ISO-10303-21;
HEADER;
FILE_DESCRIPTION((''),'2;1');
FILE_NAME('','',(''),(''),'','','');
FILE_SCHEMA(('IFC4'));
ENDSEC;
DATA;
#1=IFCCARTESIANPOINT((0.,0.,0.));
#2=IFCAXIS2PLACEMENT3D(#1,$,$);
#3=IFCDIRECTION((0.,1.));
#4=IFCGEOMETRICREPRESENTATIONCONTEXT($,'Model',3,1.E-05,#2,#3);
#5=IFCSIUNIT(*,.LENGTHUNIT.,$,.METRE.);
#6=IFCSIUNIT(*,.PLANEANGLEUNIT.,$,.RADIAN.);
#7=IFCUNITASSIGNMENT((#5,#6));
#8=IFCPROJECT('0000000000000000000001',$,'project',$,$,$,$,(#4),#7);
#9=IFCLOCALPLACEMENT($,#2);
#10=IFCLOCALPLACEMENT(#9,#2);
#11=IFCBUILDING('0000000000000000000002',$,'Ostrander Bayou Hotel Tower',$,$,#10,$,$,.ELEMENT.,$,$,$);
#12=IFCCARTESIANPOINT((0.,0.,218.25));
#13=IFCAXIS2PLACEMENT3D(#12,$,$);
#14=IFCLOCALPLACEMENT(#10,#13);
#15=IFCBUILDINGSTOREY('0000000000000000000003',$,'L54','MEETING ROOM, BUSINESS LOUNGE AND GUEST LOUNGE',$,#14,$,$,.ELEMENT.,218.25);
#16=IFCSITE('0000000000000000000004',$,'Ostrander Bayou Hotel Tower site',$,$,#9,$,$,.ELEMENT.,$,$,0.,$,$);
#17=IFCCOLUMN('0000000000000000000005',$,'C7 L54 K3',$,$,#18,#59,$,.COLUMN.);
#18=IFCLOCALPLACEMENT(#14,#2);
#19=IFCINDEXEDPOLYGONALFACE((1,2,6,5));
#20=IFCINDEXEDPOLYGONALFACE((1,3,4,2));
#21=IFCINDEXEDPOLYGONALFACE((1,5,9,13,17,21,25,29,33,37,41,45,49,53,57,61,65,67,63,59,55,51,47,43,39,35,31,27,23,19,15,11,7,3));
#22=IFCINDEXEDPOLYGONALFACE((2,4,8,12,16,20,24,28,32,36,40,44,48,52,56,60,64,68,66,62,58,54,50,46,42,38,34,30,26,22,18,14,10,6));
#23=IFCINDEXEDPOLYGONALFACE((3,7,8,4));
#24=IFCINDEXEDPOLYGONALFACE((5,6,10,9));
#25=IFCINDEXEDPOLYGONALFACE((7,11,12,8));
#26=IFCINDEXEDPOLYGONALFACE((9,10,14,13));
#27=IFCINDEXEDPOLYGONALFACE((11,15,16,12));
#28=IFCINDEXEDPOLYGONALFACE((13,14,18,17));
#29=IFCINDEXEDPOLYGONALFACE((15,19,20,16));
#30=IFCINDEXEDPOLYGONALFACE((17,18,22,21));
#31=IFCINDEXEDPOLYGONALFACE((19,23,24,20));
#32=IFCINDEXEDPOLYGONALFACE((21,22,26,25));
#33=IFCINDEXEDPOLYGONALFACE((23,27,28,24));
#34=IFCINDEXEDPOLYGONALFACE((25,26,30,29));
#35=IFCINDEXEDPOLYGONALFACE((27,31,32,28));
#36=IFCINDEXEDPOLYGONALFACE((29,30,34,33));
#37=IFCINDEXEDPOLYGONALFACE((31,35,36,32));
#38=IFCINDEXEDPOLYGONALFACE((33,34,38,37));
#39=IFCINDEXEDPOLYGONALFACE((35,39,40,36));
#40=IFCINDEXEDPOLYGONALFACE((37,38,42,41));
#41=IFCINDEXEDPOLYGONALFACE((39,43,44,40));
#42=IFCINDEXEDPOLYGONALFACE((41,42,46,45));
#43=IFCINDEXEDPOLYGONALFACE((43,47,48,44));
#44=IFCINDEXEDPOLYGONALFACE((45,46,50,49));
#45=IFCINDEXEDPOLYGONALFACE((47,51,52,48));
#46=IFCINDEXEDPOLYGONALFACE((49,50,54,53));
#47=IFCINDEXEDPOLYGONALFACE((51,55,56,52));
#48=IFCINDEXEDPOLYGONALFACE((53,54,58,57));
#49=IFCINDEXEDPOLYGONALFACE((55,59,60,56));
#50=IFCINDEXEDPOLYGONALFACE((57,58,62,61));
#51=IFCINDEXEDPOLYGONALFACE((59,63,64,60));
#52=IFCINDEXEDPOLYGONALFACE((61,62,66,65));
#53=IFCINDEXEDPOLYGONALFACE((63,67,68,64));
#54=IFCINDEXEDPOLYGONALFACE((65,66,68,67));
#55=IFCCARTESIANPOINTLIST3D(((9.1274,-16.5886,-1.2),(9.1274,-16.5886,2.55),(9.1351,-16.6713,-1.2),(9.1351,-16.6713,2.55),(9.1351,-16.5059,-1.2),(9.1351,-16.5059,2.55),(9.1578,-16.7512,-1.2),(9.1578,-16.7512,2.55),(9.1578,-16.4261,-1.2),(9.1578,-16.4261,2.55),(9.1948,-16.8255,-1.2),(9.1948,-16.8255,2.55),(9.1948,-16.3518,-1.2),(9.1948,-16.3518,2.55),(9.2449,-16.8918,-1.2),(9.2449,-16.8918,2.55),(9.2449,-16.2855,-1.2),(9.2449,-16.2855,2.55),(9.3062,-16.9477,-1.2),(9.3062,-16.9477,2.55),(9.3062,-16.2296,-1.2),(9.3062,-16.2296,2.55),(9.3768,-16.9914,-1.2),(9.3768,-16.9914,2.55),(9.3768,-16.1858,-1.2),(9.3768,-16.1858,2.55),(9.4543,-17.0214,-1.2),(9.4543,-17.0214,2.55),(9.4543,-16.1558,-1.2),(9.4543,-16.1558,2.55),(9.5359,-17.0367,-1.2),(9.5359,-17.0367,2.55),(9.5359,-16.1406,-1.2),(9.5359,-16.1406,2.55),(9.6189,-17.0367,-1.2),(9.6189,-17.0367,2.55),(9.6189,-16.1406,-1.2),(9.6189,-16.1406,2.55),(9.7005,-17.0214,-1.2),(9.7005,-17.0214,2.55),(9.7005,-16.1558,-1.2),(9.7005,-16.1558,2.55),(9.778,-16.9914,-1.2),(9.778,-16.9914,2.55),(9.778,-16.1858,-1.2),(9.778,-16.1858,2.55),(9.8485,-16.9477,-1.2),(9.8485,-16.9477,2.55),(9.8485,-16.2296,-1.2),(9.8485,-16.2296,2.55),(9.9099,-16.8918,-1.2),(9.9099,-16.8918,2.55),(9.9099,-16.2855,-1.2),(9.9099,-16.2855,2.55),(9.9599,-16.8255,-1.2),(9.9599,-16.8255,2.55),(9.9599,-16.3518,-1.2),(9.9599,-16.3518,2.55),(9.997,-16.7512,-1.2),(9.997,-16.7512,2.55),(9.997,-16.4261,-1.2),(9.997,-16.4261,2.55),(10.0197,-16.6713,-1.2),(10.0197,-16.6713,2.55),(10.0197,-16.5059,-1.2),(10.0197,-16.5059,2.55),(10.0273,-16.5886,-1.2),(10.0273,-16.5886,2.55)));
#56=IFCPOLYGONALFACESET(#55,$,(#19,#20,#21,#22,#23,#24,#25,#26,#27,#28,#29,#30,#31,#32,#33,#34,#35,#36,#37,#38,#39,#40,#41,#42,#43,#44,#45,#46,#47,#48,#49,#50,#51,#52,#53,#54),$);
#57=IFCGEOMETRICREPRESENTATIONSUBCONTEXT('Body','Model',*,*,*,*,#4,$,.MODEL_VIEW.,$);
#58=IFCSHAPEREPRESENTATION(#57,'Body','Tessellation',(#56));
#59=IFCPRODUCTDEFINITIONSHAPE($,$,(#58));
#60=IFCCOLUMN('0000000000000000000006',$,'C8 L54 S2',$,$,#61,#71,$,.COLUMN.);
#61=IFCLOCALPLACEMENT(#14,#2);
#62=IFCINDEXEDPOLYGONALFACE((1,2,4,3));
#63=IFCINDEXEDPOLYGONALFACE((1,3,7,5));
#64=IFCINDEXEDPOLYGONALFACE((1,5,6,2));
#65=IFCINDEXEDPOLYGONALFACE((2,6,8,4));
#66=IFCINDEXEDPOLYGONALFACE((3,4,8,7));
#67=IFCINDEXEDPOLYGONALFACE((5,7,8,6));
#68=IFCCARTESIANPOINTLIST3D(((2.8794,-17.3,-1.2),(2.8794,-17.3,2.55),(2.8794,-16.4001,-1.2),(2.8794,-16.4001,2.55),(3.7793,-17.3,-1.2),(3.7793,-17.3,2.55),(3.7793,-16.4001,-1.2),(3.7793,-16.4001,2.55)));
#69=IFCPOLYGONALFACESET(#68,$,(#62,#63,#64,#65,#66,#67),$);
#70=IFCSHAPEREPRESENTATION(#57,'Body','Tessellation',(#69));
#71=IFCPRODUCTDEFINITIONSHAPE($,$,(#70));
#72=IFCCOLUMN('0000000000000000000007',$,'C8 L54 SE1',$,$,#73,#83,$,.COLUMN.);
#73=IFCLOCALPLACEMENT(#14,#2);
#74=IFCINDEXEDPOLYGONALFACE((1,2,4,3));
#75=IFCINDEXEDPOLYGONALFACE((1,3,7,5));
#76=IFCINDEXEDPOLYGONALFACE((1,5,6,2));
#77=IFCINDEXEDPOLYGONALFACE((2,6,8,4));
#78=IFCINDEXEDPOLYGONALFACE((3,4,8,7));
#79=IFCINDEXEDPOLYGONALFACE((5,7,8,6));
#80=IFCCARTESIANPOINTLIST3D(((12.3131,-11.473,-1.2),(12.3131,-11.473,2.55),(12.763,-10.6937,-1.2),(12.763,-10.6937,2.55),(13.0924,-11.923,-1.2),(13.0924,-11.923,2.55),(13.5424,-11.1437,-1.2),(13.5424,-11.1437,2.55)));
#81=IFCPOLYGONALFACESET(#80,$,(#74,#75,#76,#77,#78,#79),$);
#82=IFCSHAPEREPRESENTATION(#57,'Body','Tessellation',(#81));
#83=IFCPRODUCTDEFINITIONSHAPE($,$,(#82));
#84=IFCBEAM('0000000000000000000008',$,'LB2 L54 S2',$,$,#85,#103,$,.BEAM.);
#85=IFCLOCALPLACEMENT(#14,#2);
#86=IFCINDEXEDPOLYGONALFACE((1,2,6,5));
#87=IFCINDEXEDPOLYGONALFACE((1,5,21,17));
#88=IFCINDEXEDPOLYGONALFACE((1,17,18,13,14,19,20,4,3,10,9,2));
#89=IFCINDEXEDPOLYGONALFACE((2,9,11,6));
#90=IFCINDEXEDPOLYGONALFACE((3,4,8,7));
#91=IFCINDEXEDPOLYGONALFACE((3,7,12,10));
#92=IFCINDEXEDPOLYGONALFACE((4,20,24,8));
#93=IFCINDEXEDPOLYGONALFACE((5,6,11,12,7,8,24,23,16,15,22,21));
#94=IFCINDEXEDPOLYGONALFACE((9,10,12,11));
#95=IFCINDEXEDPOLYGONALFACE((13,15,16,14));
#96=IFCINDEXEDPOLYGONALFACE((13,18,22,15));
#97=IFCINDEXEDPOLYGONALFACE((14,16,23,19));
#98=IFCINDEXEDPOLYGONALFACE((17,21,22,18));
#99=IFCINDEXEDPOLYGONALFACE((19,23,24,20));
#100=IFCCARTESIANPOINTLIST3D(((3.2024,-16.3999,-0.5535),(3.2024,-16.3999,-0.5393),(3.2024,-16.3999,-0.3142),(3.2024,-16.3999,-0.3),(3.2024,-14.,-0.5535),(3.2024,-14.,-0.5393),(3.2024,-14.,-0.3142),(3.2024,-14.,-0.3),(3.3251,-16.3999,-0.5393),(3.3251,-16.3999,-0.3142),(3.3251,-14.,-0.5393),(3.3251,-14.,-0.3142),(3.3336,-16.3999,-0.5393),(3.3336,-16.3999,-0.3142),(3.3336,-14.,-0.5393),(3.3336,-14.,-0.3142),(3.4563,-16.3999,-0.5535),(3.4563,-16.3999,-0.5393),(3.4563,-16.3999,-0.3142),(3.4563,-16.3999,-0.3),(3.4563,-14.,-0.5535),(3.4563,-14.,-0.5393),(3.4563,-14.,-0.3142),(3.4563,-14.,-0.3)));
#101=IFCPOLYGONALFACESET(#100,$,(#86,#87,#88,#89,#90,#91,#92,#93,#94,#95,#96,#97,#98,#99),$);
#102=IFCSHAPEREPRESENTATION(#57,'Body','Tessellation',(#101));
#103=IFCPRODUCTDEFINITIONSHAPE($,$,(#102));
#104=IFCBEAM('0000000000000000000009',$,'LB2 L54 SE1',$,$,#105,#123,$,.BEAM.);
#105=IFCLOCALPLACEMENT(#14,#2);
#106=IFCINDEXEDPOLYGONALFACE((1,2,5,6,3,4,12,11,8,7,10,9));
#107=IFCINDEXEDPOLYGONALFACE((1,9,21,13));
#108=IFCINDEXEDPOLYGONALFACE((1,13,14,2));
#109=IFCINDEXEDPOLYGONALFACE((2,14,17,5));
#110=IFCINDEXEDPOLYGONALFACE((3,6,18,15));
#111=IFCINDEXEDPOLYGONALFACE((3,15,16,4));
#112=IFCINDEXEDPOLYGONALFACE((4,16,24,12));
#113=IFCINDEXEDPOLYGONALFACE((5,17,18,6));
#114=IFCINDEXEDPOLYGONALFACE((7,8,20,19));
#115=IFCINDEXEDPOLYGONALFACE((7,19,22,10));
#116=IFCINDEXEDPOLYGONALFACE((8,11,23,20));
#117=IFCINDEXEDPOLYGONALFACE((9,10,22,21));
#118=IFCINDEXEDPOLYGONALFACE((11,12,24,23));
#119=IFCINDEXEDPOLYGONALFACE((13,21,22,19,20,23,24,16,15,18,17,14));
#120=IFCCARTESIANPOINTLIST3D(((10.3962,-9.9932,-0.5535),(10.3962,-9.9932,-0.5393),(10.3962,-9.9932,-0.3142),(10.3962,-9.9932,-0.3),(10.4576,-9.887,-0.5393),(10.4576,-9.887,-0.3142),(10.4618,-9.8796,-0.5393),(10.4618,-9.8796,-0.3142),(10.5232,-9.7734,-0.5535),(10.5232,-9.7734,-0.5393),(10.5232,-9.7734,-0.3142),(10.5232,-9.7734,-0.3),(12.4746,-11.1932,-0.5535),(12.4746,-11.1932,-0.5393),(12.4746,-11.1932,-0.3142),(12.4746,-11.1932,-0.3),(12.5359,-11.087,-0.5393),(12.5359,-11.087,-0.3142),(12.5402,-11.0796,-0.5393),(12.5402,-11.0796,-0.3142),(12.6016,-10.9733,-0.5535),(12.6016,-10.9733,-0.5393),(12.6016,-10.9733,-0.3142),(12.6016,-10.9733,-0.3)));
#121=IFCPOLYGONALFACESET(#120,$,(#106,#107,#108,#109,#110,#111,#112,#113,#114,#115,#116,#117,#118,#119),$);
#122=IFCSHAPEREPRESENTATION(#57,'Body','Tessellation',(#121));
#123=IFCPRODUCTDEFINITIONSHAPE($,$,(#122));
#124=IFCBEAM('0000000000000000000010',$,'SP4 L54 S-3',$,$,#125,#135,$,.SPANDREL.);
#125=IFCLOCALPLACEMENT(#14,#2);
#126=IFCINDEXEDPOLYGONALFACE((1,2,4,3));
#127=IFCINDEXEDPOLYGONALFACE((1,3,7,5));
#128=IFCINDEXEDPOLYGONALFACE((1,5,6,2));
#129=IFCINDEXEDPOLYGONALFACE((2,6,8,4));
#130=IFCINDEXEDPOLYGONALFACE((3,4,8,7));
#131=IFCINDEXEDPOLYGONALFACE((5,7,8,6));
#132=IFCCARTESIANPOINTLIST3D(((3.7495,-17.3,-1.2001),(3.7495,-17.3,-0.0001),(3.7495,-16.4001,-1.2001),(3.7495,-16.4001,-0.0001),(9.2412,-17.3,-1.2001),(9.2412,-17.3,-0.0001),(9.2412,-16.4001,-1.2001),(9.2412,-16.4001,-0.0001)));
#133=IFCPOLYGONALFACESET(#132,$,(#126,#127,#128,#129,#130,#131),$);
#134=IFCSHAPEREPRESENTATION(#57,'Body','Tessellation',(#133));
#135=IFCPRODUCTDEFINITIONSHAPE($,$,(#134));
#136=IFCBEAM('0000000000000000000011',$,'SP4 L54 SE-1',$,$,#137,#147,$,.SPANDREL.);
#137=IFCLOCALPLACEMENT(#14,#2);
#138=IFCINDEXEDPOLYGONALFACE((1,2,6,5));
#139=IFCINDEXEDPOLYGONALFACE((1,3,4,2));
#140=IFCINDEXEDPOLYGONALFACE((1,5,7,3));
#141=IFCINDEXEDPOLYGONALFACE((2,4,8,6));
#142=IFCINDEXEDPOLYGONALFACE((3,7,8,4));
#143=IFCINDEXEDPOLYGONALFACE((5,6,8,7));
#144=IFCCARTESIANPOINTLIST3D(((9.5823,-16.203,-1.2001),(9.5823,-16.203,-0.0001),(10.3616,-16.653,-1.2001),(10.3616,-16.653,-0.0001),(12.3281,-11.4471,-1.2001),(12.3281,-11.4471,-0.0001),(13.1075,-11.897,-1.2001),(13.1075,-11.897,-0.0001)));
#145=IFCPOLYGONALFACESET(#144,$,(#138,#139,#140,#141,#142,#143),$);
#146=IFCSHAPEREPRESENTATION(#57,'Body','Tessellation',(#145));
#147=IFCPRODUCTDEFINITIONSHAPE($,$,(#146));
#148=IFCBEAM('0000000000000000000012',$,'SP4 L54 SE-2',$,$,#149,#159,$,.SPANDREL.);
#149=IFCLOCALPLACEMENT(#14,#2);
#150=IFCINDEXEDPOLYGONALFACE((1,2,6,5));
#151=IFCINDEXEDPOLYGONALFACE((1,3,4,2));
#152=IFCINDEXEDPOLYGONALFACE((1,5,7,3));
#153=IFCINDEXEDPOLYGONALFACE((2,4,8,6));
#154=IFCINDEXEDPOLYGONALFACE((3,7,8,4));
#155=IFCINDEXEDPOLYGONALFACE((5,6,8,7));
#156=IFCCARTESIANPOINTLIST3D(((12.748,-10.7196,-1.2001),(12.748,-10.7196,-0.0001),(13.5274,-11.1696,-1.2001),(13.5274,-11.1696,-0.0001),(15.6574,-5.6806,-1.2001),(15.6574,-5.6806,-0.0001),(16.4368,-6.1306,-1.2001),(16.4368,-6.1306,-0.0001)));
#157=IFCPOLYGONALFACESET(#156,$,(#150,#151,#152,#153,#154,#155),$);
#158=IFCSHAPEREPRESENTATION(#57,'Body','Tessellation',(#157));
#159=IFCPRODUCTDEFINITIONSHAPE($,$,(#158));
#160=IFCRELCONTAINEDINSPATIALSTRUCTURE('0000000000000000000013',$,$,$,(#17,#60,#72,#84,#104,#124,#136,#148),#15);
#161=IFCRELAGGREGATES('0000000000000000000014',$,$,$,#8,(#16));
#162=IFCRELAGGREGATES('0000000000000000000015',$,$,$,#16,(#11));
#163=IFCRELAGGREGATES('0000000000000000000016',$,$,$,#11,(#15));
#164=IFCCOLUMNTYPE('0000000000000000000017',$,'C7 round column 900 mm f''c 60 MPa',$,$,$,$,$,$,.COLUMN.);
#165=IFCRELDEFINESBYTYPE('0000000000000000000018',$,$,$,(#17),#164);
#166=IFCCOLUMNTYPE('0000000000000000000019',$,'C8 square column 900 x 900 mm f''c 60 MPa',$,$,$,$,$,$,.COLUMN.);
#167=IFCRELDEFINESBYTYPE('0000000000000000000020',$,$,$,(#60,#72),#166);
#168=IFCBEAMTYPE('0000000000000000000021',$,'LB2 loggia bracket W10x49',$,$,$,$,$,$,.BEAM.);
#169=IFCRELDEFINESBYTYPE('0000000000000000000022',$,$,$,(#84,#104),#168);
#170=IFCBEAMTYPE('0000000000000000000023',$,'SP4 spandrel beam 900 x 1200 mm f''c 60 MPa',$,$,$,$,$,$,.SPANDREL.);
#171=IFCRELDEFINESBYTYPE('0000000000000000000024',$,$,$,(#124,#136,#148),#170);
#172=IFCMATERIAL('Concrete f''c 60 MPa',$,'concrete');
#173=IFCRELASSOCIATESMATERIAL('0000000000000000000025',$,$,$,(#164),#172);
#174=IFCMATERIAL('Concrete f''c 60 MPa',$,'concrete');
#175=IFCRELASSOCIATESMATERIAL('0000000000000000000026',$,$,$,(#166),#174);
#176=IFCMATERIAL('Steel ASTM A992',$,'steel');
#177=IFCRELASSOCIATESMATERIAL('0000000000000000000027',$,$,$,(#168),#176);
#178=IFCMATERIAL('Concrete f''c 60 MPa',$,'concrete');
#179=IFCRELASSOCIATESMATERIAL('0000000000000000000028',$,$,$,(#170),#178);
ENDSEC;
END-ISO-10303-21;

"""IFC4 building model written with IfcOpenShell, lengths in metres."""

from ifc_helpers import new_model, si_unit, direction, frame, origin, origin_2d, place, context, subcontext, project, spatial, rectangle, circle, i_section, extrude, material, material_profile, profile_set, type_object, element, save


model = new_model("IFC4")

# Units and contexts
model_context = context("Model", 3, precision=1e-05, world=origin(), true_north=direction((0.0, 1.0)))
body_context = subcontext(model_context, "Body", "Model", "MODEL_VIEW")
ifc_project = project(units=[si_unit("LENGTHUNIT", "METRE"), si_unit("PLANEANGLEUNIT", "RADIAN")], contexts=[model_context])

# Site, building, storey
site_placement = place(None, origin())
site = spatial("IfcSite", under=ifc_project, at=site_placement, Name="Ostrander Bayou Hotel Tower site", CompositionType="ELEMENT", RefElevation=0.0)
building_placement = place(site_placement, origin())
building = spatial("IfcBuilding", under=site, at=building_placement, Name="Ostrander Bayou Hotel Tower", CompositionType="ELEMENT")
storey_placement = place(building_placement, frame((0.0, 0.0, 218.25)))
storey = spatial("IfcBuildingStorey", under=building, at=storey_placement, Name="L54", Description="MEETING ROOM, BUSINESS LOUNGE AND GUEST LOUNGE", CompositionType="ELEMENT", Elevation=218.25)

# Columns
ifc_material_1 = material(Name="Concrete f'c 60 MPa", Category="concrete")
ifc_material_profile_1 = material_profile(ifc_material_1, circle(Radius=0.45, at=origin_2d()))
ifc_profile_set_1 = profile_set([ifc_material_profile_1], Name="Concrete f'c 60 MPa")
column_type_1 = type_object("IfcColumnType", Name="C7 round column 900 mm f'c 60 MPa", PredefinedType="COLUMN", material=ifc_profile_set_1)
column_placement = place(storey_placement, frame((9.5774, -16.5886, -1.2), z_axis=(0.0, 0.0, 1.0), x_axis=(1.0, 0.0, 0.0)))
element("IfcColumn", 1, at=column_placement, inside=storey, type_object=column_type_1, Name="C7 L54 K3", PredefinedType="COLUMN", context=body_context, shape_type="SweptSolid", body=[
    extrude(circle(Radius=0.45, at=origin_2d()), origin(), (0.0, 0.0, 1.0), 3.75),
])
ifc_material_2 = material(Name="Concrete f'c 60 MPa", Category="concrete")
ifc_material_profile_2 = material_profile(ifc_material_2, rectangle(XDim=0.8999, YDim=0.8999, at=origin_2d()))
ifc_profile_set_2 = profile_set([ifc_material_profile_2], Name="Concrete f'c 60 MPa")
column_type_2 = type_object("IfcColumnType", Name="C8 square column 900 x 900 mm f'c 60 MPa", PredefinedType="COLUMN", material=ifc_profile_set_2)
for number, where, z_axis, x_axis, name in (
    (2, (3.3293, -16.8501, -1.2), (0.0, 0.0, 1.0), (-1.0, 0.0, 0.0), "C8 L54 S2"),
    (3, (12.9277, -11.3083, -1.2), (0.0, 0.0, 1.0), (-0.5, -0.866025, 0.0), "C8 L54 SE1"),
):
    element("IfcColumn", number, at=place(storey_placement, frame(where, z_axis=z_axis, x_axis=x_axis)), inside=storey, type_object=column_type_2, Name=name, PredefinedType="COLUMN", context=body_context, shape_type="SweptSolid", body=[
        extrude(rectangle(XDim=0.8999, YDim=0.8999, at=origin_2d()), origin(), (0.0, 0.0, 1.0), 3.75),
    ])

# Beams
ifc_material_3 = material(Name="Steel ASTM A992", Category="steel")
ifc_material_profile_3 = material_profile(ifc_material_3, i_section(OverallWidth=0.2539, OverallDepth=0.2534, WebThickness=0.0085, FlangeThickness=0.0142, at=origin_2d()))
ifc_profile_set_3 = profile_set([ifc_material_profile_3], Name="Steel ASTM A992")
beam_type_1 = type_object("IfcBeamType", Name="LB2 loggia bracket W10x49", PredefinedType="BEAM", material=ifc_profile_set_3)
for number, where, z_axis, x_axis, name in (
    (4, (3.3293, -16.3999, -0.4268), (0.0, 1.0, 0.0), (-1.0, 0.0, 0.0), "LB2 L54 S2"),
    (5, (12.5381, -11.0833, -0.4268), (-0.866025, 0.500001, 0.0), (-0.500001, -0.866025, 0.0), "LB2 L54 SE1"),
):
    element("IfcBeam", number, at=place(storey_placement, frame(where, z_axis=z_axis, x_axis=x_axis)), inside=storey, type_object=beam_type_1, Name=name, PredefinedType="BEAM", context=body_context, shape_type="SweptSolid", body=[
        extrude(i_section(OverallWidth=0.2539, OverallDepth=0.2534, WebThickness=0.0085, FlangeThickness=0.0142, at=origin_2d()), origin(), (0.0, 0.0, 1.0), 2.3999),
    ])
ifc_material_4 = material(Name="Concrete f'c 60 MPa", Category="concrete")
ifc_material_profile_4 = material_profile(ifc_material_4, rectangle(XDim=0.8999, YDim=1.2, at=origin_2d()))
ifc_profile_set_4 = profile_set([ifc_material_profile_4], Name="Concrete f'c 60 MPa")
beam_type_2 = type_object("IfcBeamType", Name="SP4 spandrel beam 900 x 1200 mm f'c 60 MPa", PredefinedType="SPANDREL", material=ifc_profile_set_4)
for number, where, z_axis, x_axis, name in (
    (6, (3.7495, -16.8501, -0.6001), (1.0, 0.0, 0.0), (0.0, 1.0, 0.0), "SP4 L54 S-3"),
    (7, (9.9719, -16.428, -0.6001), (0.500007, 0.866021, 0.0), (-0.866021, 0.500007, 0.0), "SP4 L54 SE-1"),
):
    element("IfcBeam", number, at=place(storey_placement, frame(where, z_axis=z_axis, x_axis=x_axis)), inside=storey, type_object=beam_type_2, Name=name, PredefinedType="SPANDREL", context=body_context, shape_type="SweptSolid", body=[
        extrude(rectangle(XDim=0.8999, YDim=1.2, at=origin_2d()), origin(), (0.0, 0.0, 1.0), 5.4917),
    ])
beam_placement = place(storey_placement, frame((13.1377, -10.9446, -0.6001), z_axis=(0.500015, 0.866016, 0.0), x_axis=(-0.866016, 0.500015, 0.0)))
element("IfcBeam", 8, at=beam_placement, inside=storey, type_object=beam_type_2, Name="SP4 L54 SE-2", PredefinedType="SPANDREL", context=body_context, shape_type="SweptSolid", body=[
    extrude(rectangle(XDim=0.8999, YDim=1.2, at=origin_2d()), origin(), (0.0, 0.0, 1.0), 5.8186),
])

save(model, "model.ifc")
